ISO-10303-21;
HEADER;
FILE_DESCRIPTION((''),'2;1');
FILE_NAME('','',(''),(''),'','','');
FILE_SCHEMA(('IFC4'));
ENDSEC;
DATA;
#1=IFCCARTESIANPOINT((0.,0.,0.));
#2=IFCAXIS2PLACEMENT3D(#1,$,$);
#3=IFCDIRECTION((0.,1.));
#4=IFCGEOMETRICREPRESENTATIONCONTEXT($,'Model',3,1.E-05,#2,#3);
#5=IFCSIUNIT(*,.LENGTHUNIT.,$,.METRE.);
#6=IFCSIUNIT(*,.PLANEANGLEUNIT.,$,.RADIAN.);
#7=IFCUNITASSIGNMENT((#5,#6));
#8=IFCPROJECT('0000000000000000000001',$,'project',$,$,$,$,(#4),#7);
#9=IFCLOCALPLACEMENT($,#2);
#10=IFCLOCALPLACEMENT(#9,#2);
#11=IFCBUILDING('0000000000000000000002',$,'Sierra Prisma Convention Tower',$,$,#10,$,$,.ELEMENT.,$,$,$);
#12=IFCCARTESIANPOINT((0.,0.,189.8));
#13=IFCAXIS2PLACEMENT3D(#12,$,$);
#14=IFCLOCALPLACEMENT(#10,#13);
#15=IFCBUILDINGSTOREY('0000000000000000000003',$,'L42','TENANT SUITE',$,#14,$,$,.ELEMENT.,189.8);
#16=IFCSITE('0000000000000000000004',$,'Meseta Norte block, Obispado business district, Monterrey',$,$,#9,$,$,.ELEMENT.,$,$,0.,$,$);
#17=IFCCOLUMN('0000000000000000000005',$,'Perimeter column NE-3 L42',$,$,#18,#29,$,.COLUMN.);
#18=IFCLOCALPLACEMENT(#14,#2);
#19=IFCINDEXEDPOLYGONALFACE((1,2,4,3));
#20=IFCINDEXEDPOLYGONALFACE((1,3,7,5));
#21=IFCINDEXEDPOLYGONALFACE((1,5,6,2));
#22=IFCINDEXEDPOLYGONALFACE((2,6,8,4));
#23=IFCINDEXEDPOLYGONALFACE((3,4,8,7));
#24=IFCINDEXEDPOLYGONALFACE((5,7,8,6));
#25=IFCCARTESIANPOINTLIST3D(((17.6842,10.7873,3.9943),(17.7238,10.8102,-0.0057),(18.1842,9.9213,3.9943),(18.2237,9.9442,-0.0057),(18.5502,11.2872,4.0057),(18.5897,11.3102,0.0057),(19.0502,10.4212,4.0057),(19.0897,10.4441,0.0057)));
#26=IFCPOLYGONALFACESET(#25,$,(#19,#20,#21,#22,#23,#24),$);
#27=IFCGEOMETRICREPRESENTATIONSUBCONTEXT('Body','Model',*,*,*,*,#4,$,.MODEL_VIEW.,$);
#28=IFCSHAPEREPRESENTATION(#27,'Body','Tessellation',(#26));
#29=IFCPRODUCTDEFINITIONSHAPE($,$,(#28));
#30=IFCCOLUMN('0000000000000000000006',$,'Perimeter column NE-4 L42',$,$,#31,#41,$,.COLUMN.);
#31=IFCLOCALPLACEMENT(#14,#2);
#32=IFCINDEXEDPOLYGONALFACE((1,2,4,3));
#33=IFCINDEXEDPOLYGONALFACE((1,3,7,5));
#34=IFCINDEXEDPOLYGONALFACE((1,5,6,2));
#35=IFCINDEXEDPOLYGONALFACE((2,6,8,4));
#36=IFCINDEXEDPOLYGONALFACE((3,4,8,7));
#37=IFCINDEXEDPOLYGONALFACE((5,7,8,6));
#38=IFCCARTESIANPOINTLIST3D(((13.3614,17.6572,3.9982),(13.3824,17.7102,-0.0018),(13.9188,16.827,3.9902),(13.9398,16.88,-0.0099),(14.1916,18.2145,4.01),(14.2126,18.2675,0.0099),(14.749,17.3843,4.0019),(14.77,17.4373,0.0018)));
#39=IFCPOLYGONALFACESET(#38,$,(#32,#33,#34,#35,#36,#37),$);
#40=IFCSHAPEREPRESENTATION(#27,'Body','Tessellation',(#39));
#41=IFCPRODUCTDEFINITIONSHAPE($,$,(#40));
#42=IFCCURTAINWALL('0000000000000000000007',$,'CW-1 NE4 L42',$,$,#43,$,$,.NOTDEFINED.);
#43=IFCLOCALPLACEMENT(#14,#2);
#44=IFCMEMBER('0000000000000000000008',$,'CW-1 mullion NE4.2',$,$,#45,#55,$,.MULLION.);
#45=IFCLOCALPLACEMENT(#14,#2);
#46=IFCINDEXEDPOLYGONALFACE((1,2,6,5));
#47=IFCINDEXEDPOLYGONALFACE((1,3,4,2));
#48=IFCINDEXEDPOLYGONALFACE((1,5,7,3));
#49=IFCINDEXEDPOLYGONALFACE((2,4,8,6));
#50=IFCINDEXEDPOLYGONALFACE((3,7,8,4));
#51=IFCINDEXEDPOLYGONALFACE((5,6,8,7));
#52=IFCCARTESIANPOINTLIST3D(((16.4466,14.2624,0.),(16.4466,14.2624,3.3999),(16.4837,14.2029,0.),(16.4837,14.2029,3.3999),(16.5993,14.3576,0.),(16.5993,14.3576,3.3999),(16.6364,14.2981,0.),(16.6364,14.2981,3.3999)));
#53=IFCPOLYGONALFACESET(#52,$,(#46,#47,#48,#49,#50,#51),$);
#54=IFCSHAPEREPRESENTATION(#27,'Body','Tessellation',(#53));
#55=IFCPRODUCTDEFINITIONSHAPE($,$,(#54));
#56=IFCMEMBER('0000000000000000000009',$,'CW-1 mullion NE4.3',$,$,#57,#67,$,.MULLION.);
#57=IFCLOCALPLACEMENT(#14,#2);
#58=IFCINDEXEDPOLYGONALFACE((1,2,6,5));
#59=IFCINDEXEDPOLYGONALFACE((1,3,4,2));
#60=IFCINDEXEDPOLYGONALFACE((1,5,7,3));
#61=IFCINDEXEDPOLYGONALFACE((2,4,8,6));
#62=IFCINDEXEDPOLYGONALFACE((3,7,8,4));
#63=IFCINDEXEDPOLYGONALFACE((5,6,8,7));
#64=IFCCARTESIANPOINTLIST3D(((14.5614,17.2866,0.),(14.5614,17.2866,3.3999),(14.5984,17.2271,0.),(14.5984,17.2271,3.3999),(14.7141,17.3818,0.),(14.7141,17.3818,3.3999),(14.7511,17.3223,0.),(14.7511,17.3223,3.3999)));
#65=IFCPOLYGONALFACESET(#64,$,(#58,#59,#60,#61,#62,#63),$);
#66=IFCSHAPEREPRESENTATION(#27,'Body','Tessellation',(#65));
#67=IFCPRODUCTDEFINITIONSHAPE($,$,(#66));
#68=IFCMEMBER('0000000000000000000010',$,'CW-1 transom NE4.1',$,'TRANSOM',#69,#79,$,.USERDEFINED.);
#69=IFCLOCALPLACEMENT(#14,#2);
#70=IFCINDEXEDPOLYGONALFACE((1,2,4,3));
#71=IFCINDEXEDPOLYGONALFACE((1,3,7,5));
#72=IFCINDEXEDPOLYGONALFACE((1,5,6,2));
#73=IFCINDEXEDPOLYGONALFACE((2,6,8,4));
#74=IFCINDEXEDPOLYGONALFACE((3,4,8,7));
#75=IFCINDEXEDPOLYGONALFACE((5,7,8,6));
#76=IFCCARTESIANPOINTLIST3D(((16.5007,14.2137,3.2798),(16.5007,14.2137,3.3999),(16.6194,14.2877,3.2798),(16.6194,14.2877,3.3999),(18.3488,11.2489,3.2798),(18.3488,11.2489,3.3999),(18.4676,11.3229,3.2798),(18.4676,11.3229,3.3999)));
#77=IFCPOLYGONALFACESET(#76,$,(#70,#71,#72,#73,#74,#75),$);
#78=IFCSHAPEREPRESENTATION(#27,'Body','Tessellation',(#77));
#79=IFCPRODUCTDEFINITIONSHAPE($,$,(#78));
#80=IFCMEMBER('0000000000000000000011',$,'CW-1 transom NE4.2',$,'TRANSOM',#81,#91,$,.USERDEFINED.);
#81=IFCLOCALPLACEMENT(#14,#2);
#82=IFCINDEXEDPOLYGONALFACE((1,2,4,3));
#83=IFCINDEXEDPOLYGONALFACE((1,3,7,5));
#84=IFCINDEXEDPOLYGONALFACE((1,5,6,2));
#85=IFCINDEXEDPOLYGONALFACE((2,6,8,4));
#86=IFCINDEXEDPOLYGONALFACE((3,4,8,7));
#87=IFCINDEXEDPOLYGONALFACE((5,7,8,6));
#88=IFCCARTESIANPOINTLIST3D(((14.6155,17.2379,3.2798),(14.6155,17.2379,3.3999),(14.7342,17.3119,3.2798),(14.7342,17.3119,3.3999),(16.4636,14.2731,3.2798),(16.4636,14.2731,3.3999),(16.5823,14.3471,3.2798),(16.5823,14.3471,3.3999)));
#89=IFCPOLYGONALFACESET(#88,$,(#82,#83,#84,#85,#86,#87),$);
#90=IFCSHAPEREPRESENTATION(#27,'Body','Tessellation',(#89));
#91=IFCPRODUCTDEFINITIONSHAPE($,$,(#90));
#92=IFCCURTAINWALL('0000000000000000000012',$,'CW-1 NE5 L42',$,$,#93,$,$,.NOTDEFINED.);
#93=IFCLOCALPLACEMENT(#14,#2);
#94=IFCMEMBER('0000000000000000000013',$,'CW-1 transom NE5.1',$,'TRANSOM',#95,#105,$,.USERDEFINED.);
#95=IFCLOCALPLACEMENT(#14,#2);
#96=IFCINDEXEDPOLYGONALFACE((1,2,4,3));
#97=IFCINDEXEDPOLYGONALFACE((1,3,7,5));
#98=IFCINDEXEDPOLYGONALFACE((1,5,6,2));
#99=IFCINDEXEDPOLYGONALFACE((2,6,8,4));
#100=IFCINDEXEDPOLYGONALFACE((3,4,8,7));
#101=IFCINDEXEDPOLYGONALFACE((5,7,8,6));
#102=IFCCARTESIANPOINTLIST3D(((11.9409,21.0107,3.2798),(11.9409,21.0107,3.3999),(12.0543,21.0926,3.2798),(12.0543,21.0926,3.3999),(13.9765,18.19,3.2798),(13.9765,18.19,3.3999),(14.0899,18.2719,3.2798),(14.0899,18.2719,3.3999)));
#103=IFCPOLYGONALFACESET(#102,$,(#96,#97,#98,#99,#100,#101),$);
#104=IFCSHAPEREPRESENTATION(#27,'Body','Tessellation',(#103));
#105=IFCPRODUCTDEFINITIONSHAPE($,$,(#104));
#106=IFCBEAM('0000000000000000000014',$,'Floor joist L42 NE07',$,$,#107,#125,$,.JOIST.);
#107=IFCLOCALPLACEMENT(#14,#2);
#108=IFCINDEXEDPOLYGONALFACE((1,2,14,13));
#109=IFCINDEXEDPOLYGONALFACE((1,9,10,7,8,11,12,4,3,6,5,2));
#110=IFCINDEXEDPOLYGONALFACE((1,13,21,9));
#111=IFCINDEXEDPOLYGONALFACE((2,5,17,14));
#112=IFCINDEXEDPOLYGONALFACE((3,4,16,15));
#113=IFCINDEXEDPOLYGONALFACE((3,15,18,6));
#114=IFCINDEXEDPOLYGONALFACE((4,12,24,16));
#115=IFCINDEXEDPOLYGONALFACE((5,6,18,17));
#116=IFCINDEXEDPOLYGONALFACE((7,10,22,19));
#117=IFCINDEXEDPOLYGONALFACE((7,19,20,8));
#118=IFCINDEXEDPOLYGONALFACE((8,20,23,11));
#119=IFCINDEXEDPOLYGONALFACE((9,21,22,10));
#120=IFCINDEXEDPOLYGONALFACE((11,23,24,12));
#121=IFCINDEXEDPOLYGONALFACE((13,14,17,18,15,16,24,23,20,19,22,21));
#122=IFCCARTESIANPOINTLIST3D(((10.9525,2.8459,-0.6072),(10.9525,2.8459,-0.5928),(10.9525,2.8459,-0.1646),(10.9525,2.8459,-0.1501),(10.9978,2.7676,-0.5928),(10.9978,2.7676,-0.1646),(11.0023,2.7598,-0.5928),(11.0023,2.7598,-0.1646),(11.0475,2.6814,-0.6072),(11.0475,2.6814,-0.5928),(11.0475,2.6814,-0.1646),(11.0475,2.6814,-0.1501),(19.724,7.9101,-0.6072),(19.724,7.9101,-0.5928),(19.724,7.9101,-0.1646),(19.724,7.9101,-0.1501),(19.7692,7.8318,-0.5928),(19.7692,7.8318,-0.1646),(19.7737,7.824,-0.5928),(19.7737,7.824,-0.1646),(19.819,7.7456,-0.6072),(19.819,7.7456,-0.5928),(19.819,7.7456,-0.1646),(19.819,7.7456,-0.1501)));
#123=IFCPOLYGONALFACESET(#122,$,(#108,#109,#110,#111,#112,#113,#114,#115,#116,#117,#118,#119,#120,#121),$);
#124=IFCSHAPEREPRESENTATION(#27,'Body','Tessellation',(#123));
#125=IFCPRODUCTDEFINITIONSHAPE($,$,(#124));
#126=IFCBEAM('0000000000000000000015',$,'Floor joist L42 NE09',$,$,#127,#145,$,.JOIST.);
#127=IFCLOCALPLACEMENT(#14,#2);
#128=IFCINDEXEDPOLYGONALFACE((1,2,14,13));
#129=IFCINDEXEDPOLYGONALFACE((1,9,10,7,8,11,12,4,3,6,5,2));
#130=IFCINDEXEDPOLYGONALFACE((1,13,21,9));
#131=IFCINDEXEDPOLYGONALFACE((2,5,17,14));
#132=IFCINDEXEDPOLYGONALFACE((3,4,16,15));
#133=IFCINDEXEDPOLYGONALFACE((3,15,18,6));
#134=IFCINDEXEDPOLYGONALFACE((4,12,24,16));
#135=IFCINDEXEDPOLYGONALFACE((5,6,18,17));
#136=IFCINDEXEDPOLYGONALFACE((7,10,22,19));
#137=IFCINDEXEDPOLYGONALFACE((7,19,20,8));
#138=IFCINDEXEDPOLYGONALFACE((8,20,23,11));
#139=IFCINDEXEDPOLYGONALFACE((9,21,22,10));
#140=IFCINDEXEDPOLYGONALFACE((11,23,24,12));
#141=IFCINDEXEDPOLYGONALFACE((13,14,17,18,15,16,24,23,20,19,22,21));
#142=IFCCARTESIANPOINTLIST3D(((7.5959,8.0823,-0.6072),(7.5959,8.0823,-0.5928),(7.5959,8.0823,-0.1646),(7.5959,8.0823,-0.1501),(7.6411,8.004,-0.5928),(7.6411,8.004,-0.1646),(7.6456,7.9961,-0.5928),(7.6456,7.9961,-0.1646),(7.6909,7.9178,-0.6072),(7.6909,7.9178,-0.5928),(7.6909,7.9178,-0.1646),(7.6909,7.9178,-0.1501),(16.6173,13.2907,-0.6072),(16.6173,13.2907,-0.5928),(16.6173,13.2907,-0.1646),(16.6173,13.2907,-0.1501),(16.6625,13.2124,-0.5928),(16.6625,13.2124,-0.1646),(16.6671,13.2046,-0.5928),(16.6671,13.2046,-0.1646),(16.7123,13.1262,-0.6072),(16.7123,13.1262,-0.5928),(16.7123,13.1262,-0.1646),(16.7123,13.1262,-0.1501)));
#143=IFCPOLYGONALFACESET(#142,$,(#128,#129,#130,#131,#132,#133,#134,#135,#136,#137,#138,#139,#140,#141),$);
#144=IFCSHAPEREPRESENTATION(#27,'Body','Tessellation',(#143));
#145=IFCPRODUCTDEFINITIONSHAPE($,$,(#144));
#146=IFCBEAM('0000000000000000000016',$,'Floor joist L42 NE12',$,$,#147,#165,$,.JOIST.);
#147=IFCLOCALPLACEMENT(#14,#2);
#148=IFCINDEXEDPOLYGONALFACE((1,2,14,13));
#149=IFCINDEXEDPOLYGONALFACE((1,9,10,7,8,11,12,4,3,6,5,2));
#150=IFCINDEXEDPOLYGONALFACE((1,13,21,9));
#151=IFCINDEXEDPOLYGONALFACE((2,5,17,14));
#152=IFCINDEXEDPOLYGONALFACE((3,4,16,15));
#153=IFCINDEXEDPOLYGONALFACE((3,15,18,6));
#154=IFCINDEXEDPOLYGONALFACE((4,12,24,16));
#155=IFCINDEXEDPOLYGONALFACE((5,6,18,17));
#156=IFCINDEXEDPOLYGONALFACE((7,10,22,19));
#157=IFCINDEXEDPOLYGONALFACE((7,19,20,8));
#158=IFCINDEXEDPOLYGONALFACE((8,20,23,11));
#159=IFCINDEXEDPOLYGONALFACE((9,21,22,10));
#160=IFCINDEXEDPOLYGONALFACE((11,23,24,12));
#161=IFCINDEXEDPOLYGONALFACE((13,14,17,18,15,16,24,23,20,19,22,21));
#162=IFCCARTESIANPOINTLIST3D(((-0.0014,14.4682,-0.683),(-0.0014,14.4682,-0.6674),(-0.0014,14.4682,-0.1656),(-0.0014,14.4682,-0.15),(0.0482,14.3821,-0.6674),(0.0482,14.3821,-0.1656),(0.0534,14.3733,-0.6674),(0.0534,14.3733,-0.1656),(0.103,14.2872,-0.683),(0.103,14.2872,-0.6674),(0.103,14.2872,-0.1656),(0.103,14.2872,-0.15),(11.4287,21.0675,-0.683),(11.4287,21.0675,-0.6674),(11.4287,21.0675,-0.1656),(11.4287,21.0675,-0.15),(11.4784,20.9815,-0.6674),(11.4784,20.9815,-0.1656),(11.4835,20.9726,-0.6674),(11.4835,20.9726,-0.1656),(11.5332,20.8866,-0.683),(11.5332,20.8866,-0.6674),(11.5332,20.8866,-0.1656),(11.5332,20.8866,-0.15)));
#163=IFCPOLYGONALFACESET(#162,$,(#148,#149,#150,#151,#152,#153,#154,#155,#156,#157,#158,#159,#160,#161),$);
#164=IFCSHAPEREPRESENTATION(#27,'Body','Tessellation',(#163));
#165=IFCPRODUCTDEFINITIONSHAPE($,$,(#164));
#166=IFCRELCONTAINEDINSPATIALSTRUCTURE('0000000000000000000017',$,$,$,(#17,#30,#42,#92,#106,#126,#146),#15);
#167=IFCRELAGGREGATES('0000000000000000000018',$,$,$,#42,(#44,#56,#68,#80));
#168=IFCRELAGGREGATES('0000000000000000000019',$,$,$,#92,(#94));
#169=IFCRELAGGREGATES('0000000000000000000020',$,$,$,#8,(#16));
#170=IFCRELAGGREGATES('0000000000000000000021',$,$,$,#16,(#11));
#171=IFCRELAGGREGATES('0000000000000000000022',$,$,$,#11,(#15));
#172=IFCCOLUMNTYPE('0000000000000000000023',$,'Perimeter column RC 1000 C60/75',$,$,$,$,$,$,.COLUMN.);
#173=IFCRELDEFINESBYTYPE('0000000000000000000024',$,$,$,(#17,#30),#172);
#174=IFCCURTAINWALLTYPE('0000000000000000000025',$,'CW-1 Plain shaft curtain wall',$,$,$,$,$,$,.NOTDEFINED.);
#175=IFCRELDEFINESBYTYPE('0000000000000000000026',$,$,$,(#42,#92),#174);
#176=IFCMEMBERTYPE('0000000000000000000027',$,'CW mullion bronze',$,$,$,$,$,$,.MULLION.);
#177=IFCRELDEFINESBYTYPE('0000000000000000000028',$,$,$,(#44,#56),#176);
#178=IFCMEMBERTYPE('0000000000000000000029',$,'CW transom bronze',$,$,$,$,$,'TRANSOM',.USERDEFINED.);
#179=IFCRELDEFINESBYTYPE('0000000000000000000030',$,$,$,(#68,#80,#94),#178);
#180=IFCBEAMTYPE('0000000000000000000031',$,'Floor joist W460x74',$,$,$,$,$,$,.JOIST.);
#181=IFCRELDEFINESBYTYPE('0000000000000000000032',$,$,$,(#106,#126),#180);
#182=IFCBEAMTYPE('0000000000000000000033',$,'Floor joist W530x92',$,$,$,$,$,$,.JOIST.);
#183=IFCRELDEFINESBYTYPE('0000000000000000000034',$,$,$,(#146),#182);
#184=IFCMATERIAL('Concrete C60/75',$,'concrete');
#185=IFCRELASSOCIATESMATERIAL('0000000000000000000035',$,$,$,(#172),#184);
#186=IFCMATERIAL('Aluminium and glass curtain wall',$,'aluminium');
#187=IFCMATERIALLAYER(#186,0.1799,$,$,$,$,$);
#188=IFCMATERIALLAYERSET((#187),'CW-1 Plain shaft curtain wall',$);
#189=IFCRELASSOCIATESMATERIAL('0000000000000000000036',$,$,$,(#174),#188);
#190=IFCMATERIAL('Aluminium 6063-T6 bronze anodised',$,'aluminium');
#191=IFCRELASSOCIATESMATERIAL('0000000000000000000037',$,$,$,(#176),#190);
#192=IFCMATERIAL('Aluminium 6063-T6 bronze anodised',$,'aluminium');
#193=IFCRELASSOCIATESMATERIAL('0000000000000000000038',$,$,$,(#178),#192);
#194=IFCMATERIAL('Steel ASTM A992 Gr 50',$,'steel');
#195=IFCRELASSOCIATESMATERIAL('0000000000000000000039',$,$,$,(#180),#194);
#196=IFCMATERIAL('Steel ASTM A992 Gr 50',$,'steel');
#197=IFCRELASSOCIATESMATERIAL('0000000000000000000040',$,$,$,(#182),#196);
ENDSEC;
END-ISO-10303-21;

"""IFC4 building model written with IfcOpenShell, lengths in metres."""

from ifc_helpers import new_model, si_unit, direction, frame, origin, origin_2d, place, context, subcontext, project, spatial, rectangle, i_section, extrude, material, layer, layer_set, material_profile, profile_set, type_object, element, aggregate, save


model = new_model("IFC4")

# Units and contexts
model_context = context("Model", 3, precision=1e-05, world=origin(), true_north=direction((0.0, 1.0)))
body_context = subcontext(model_context, "Body", "Model", "MODEL_VIEW")
ifc_project = project(units=[si_unit("LENGTHUNIT", "METRE"), si_unit("PLANEANGLEUNIT", "RADIAN")], contexts=[model_context])

# Site, building, storey
site_placement = place(None, origin())
site = spatial("IfcSite", under=ifc_project, at=site_placement, Name="Meseta Norte block, Obispado business district, Monterrey", CompositionType="ELEMENT", RefElevation=0.0)
building_placement = place(site_placement, origin())
building = spatial("IfcBuilding", under=site, at=building_placement, Name="Sierra Prisma Convention Tower", CompositionType="ELEMENT")
storey_placement = place(building_placement, frame((0.0, 0.0, 189.8)))
storey = spatial("IfcBuildingStorey", under=building, at=storey_placement, Name="L42", Description="TENANT SUITE", CompositionType="ELEMENT", Elevation=189.8)

# Columns
ifc_material_1 = material(Name="Concrete C60/75", Category="concrete")
ifc_material_profile_1 = material_profile(ifc_material_1, rectangle(XDim=1.0, YDim=1.0, at=origin_2d()), Name="Perimeter column RC 1000 C60/75")
ifc_profile_set_1 = profile_set([ifc_material_profile_1], Name="Concrete C60/75")
column_type = type_object("IfcColumnType", Name="Perimeter column RC 1000 C60/75", PredefinedType="COLUMN", material=ifc_profile_set_1)
column_1_placement = place(storey_placement, frame((18.4067, 10.6272, 0.0), z_axis=(-0.009887, -0.005737, 0.999935), x_axis=(-0.499976, 0.86604, 0.000025)))
element("IfcColumn", 1, at=column_1_placement, inside=storey, type_object=column_type, Name="Perimeter column NE-3 L42", PredefinedType="COLUMN", context=body_context, shape_type="SweptSolid", body=[
    extrude(rectangle(XDim=1.0, YDim=1.0, at=origin_2d()), origin(), (0.0, 0.0, 1.0), 4.0002),
])
column_2_placement = place(storey_placement, frame((14.0762, 17.5737, 0.0), z_axis=(-0.005248, -0.013243, 0.999899), x_axis=(-0.55743, 0.830185, 0.00807)))
element("IfcColumn", 2, at=column_2_placement, inside=storey, type_object=column_type, Name="Perimeter column NE-4 L42", PredefinedType="COLUMN", context=body_context, shape_type="SweptSolid", body=[
    extrude(rectangle(XDim=1.0, YDim=1.0, at=origin_2d()), origin(), (0.0, 0.0, 1.0), 4.0005),
])

# Curtain wall, members
ifc_material_2 = material(Name="Aluminium and glass curtain wall", Category="aluminium")
ifc_layer_1 = layer(ifc_material_2, 0.1799)
ifc_layer_set_1 = layer_set([ifc_layer_1], Name="CW-1 Plain shaft curtain wall")
curtain_wall_type = type_object("IfcCurtainWallType", Name="CW-1 Plain shaft curtain wall", PredefinedType="NOTDEFINED", material=ifc_layer_set_1)
curtain_wall_1_placement = place(storey_placement, origin())
curtain_wall_1 = element("IfcCurtainWall", 3, at=curtain_wall_1_placement, inside=storey, type_object=curtain_wall_type, Name="CW-1 NE4 L42", PredefinedType="NOTDEFINED")
ifc_material_3 = material(Name="Aluminium 6063-T6 bronze anodised", Category="aluminium")
ifc_material_profile_2 = material_profile(ifc_material_3, rectangle(XDim=0.1799, YDim=0.0701, at=origin_2d()), Name="ALU MULLION 70x180")
ifc_profile_set_2 = profile_set([ifc_material_profile_2], Name="Aluminium 6063-T6 bronze anodised")
member_type_1 = type_object("IfcMemberType", Name="CW mullion bronze", PredefinedType="MULLION", material=ifc_profile_set_2)
member_1_placement = place(storey_placement, frame((16.5415, 14.2803, 0.0), z_axis=(0.0, 0.0, 1.0), x_axis=(-0.848608, -0.529022, 0.0)))
member_1 = element("IfcMember", 4, at=member_1_placement, type_object=member_type_1, Name="CW-1 mullion NE4.2", PredefinedType="MULLION", context=body_context, shape_type="SweptSolid", body=[
    extrude(rectangle(XDim=0.1799, YDim=0.0701, at=origin_2d()), origin(), (0.0, 0.0, 1.0), 3.3999),
])
member_2_placement = place(storey_placement, frame((14.6562, 17.3044, 0.0), z_axis=(0.0, 0.0, 1.0), x_axis=(-0.848608, -0.529022, 0.0)))
member_2 = element("IfcMember", 5, at=member_2_placement, type_object=member_type_1, Name="CW-1 mullion NE4.3", PredefinedType="MULLION", context=body_context, shape_type="SweptSolid", body=[
    extrude(rectangle(XDim=0.1799, YDim=0.0701, at=origin_2d()), origin(), (0.0, 0.0, 1.0), 3.3999),
])
ifc_material_4 = material(Name="Aluminium 6063-T6 bronze anodised", Category="aluminium")
ifc_material_profile_3 = material_profile(ifc_material_4, rectangle(XDim=0.1399, YDim=0.1201, at=origin_2d()), Name="ALU TRANSOM 120x140")
ifc_profile_set_3 = profile_set([ifc_material_profile_3], Name="Aluminium 6063-T6 bronze anodised")
member_type_2 = type_object("IfcMemberType", Name="CW transom bronze", ElementType="TRANSOM", PredefinedType="USERDEFINED", material=ifc_profile_set_3)
member_3_placement = place(storey_placement, frame((18.4082, 11.2859, 3.3398), z_axis=(-0.528994, 0.848626, 0.0), x_axis=(-0.848626, -0.528994, 0.0)))
member_3 = element("IfcMember", 6, at=member_3_placement, type_object=member_type_2, Name="CW-1 transom NE4.1", ObjectType="TRANSOM", PredefinedType="USERDEFINED", context=body_context, shape_type="SweptSolid", body=[
    extrude(rectangle(XDim=0.1399, YDim=0.1201, at=origin_2d()), origin(), (0.0, 0.0, 1.0), 3.4937),
])
member_4_placement = place(storey_placement, frame((16.5229, 14.3101, 3.3398), z_axis=(-0.528994, 0.848626, 0.0), x_axis=(-0.848626, -0.528994, 0.0)))
member_4 = element("IfcMember", 7, at=member_4_placement, type_object=member_type_2, Name="CW-1 transom NE4.2", ObjectType="TRANSOM", PredefinedType="USERDEFINED", context=body_context, shape_type="SweptSolid", body=[
    extrude(rectangle(XDim=0.1399, YDim=0.1201, at=origin_2d()), origin(), (0.0, 0.0, 1.0), 3.4937),
])

# Curtain wall, member
curtain_wall_2_placement = place(storey_placement, origin())
curtain_wall_2 = element("IfcCurtainWall", 8, at=curtain_wall_2_placement, inside=storey, type_object=curtain_wall_type, Name="CW-1 NE5 L42", PredefinedType="NOTDEFINED")
member_5_placement = place(storey_placement, frame((14.0332, 18.231, 3.3398), z_axis=(-0.585188, 0.810898, 0.0), x_axis=(-0.810898, -0.585188, 0.0)))
member_5 = element("IfcMember", 9, at=member_5_placement, type_object=member_type_2, Name="CW-1 transom NE5.1", ObjectType="TRANSOM", PredefinedType="USERDEFINED", context=body_context, shape_type="SweptSolid", body=[
    extrude(rectangle(XDim=0.1399, YDim=0.1201, at=origin_2d()), origin(), (0.0, 0.0, 1.0), 3.4785),
])

# Beams
ifc_material_5 = material(Name="Steel ASTM A992 Gr 50", Category="steel")
ifc_material_profile_4 = material_profile(ifc_material_5, i_section(OverallWidth=0.1899, OverallDepth=0.457, WebThickness=0.009, FlangeThickness=0.0144, at=origin_2d()), Name="W460x74")
ifc_profile_set_4 = profile_set([ifc_material_profile_4], Name="Steel ASTM A992 Gr 50")
beam_type_1 = type_object("IfcBeamType", Name="Floor joist W460x74", PredefinedType="JOIST", material=ifc_profile_set_4)
beam_1_placement = place(storey_placement, frame((19.7715, 7.8279, -0.3787), z_axis=(-0.866026, -0.499999, 0.0), x_axis=(0.499999, -0.866026, 0.0)))
element("IfcBeam", 10, at=beam_1_placement, inside=storey, type_object=beam_type_1, Name="Floor joist L42 NE07", PredefinedType="JOIST", context=body_context, shape_type="SweptSolid", body=[
    extrude(i_section(OverallWidth=0.1899, OverallDepth=0.457, WebThickness=0.009, FlangeThickness=0.0144, at=origin_2d()), origin(), (0.0, 0.0, 1.0), 10.1284),
])
beam_2_placement = place(storey_placement, frame((16.6648, 13.2085, -0.3787), z_axis=(-0.866028, -0.499996, 0.0), x_axis=(0.499996, -0.866028, 0.0)))
element("IfcBeam", 11, at=beam_2_placement, inside=storey, type_object=beam_type_1, Name="Floor joist L42 NE09", PredefinedType="JOIST", context=body_context, shape_type="SweptSolid", body=[
    extrude(i_section(OverallWidth=0.1899, OverallDepth=0.457, WebThickness=0.009, FlangeThickness=0.0144, at=origin_2d()), origin(), (0.0, 0.0, 1.0), 10.417),
])
ifc_material_6 = material(Name="Steel ASTM A992 Gr 50", Category="steel")
ifc_material_profile_5 = material_profile(ifc_material_6, i_section(OverallWidth=0.209, OverallDepth=0.533, WebThickness=0.0103, FlangeThickness=0.0156, at=origin_2d()), Name="W530x92")
ifc_profile_set_5 = profile_set([ifc_material_profile_5], Name="Steel ASTM A992 Gr 50")
beam_type_2 = type_object("IfcBeamType", Name="Floor joist W530x92", PredefinedType="JOIST", material=ifc_profile_set_5)
beam_3_placement = place(storey_placement, frame((11.481, 20.9771, -0.4165), z_axis=(-0.86602, -0.500009, 0.0), x_axis=(0.500009, -0.86602, 0.0)))
element("IfcBeam", 12, at=beam_3_placement, inside=storey, type_object=beam_type_2, Name="Floor joist L42 NE12", PredefinedType="JOIST", context=body_context, shape_type="SweptSolid", body=[
    extrude(i_section(OverallWidth=0.209, OverallDepth=0.533, WebThickness=0.0103, FlangeThickness=0.0156, at=origin_2d()), origin(), (0.0, 0.0, 1.0), 13.1985),
])

aggregate(curtain_wall_1, [member_1, member_2, member_3, member_4])
aggregate(curtain_wall_2, [member_5])

save(model, "model.ifc")
